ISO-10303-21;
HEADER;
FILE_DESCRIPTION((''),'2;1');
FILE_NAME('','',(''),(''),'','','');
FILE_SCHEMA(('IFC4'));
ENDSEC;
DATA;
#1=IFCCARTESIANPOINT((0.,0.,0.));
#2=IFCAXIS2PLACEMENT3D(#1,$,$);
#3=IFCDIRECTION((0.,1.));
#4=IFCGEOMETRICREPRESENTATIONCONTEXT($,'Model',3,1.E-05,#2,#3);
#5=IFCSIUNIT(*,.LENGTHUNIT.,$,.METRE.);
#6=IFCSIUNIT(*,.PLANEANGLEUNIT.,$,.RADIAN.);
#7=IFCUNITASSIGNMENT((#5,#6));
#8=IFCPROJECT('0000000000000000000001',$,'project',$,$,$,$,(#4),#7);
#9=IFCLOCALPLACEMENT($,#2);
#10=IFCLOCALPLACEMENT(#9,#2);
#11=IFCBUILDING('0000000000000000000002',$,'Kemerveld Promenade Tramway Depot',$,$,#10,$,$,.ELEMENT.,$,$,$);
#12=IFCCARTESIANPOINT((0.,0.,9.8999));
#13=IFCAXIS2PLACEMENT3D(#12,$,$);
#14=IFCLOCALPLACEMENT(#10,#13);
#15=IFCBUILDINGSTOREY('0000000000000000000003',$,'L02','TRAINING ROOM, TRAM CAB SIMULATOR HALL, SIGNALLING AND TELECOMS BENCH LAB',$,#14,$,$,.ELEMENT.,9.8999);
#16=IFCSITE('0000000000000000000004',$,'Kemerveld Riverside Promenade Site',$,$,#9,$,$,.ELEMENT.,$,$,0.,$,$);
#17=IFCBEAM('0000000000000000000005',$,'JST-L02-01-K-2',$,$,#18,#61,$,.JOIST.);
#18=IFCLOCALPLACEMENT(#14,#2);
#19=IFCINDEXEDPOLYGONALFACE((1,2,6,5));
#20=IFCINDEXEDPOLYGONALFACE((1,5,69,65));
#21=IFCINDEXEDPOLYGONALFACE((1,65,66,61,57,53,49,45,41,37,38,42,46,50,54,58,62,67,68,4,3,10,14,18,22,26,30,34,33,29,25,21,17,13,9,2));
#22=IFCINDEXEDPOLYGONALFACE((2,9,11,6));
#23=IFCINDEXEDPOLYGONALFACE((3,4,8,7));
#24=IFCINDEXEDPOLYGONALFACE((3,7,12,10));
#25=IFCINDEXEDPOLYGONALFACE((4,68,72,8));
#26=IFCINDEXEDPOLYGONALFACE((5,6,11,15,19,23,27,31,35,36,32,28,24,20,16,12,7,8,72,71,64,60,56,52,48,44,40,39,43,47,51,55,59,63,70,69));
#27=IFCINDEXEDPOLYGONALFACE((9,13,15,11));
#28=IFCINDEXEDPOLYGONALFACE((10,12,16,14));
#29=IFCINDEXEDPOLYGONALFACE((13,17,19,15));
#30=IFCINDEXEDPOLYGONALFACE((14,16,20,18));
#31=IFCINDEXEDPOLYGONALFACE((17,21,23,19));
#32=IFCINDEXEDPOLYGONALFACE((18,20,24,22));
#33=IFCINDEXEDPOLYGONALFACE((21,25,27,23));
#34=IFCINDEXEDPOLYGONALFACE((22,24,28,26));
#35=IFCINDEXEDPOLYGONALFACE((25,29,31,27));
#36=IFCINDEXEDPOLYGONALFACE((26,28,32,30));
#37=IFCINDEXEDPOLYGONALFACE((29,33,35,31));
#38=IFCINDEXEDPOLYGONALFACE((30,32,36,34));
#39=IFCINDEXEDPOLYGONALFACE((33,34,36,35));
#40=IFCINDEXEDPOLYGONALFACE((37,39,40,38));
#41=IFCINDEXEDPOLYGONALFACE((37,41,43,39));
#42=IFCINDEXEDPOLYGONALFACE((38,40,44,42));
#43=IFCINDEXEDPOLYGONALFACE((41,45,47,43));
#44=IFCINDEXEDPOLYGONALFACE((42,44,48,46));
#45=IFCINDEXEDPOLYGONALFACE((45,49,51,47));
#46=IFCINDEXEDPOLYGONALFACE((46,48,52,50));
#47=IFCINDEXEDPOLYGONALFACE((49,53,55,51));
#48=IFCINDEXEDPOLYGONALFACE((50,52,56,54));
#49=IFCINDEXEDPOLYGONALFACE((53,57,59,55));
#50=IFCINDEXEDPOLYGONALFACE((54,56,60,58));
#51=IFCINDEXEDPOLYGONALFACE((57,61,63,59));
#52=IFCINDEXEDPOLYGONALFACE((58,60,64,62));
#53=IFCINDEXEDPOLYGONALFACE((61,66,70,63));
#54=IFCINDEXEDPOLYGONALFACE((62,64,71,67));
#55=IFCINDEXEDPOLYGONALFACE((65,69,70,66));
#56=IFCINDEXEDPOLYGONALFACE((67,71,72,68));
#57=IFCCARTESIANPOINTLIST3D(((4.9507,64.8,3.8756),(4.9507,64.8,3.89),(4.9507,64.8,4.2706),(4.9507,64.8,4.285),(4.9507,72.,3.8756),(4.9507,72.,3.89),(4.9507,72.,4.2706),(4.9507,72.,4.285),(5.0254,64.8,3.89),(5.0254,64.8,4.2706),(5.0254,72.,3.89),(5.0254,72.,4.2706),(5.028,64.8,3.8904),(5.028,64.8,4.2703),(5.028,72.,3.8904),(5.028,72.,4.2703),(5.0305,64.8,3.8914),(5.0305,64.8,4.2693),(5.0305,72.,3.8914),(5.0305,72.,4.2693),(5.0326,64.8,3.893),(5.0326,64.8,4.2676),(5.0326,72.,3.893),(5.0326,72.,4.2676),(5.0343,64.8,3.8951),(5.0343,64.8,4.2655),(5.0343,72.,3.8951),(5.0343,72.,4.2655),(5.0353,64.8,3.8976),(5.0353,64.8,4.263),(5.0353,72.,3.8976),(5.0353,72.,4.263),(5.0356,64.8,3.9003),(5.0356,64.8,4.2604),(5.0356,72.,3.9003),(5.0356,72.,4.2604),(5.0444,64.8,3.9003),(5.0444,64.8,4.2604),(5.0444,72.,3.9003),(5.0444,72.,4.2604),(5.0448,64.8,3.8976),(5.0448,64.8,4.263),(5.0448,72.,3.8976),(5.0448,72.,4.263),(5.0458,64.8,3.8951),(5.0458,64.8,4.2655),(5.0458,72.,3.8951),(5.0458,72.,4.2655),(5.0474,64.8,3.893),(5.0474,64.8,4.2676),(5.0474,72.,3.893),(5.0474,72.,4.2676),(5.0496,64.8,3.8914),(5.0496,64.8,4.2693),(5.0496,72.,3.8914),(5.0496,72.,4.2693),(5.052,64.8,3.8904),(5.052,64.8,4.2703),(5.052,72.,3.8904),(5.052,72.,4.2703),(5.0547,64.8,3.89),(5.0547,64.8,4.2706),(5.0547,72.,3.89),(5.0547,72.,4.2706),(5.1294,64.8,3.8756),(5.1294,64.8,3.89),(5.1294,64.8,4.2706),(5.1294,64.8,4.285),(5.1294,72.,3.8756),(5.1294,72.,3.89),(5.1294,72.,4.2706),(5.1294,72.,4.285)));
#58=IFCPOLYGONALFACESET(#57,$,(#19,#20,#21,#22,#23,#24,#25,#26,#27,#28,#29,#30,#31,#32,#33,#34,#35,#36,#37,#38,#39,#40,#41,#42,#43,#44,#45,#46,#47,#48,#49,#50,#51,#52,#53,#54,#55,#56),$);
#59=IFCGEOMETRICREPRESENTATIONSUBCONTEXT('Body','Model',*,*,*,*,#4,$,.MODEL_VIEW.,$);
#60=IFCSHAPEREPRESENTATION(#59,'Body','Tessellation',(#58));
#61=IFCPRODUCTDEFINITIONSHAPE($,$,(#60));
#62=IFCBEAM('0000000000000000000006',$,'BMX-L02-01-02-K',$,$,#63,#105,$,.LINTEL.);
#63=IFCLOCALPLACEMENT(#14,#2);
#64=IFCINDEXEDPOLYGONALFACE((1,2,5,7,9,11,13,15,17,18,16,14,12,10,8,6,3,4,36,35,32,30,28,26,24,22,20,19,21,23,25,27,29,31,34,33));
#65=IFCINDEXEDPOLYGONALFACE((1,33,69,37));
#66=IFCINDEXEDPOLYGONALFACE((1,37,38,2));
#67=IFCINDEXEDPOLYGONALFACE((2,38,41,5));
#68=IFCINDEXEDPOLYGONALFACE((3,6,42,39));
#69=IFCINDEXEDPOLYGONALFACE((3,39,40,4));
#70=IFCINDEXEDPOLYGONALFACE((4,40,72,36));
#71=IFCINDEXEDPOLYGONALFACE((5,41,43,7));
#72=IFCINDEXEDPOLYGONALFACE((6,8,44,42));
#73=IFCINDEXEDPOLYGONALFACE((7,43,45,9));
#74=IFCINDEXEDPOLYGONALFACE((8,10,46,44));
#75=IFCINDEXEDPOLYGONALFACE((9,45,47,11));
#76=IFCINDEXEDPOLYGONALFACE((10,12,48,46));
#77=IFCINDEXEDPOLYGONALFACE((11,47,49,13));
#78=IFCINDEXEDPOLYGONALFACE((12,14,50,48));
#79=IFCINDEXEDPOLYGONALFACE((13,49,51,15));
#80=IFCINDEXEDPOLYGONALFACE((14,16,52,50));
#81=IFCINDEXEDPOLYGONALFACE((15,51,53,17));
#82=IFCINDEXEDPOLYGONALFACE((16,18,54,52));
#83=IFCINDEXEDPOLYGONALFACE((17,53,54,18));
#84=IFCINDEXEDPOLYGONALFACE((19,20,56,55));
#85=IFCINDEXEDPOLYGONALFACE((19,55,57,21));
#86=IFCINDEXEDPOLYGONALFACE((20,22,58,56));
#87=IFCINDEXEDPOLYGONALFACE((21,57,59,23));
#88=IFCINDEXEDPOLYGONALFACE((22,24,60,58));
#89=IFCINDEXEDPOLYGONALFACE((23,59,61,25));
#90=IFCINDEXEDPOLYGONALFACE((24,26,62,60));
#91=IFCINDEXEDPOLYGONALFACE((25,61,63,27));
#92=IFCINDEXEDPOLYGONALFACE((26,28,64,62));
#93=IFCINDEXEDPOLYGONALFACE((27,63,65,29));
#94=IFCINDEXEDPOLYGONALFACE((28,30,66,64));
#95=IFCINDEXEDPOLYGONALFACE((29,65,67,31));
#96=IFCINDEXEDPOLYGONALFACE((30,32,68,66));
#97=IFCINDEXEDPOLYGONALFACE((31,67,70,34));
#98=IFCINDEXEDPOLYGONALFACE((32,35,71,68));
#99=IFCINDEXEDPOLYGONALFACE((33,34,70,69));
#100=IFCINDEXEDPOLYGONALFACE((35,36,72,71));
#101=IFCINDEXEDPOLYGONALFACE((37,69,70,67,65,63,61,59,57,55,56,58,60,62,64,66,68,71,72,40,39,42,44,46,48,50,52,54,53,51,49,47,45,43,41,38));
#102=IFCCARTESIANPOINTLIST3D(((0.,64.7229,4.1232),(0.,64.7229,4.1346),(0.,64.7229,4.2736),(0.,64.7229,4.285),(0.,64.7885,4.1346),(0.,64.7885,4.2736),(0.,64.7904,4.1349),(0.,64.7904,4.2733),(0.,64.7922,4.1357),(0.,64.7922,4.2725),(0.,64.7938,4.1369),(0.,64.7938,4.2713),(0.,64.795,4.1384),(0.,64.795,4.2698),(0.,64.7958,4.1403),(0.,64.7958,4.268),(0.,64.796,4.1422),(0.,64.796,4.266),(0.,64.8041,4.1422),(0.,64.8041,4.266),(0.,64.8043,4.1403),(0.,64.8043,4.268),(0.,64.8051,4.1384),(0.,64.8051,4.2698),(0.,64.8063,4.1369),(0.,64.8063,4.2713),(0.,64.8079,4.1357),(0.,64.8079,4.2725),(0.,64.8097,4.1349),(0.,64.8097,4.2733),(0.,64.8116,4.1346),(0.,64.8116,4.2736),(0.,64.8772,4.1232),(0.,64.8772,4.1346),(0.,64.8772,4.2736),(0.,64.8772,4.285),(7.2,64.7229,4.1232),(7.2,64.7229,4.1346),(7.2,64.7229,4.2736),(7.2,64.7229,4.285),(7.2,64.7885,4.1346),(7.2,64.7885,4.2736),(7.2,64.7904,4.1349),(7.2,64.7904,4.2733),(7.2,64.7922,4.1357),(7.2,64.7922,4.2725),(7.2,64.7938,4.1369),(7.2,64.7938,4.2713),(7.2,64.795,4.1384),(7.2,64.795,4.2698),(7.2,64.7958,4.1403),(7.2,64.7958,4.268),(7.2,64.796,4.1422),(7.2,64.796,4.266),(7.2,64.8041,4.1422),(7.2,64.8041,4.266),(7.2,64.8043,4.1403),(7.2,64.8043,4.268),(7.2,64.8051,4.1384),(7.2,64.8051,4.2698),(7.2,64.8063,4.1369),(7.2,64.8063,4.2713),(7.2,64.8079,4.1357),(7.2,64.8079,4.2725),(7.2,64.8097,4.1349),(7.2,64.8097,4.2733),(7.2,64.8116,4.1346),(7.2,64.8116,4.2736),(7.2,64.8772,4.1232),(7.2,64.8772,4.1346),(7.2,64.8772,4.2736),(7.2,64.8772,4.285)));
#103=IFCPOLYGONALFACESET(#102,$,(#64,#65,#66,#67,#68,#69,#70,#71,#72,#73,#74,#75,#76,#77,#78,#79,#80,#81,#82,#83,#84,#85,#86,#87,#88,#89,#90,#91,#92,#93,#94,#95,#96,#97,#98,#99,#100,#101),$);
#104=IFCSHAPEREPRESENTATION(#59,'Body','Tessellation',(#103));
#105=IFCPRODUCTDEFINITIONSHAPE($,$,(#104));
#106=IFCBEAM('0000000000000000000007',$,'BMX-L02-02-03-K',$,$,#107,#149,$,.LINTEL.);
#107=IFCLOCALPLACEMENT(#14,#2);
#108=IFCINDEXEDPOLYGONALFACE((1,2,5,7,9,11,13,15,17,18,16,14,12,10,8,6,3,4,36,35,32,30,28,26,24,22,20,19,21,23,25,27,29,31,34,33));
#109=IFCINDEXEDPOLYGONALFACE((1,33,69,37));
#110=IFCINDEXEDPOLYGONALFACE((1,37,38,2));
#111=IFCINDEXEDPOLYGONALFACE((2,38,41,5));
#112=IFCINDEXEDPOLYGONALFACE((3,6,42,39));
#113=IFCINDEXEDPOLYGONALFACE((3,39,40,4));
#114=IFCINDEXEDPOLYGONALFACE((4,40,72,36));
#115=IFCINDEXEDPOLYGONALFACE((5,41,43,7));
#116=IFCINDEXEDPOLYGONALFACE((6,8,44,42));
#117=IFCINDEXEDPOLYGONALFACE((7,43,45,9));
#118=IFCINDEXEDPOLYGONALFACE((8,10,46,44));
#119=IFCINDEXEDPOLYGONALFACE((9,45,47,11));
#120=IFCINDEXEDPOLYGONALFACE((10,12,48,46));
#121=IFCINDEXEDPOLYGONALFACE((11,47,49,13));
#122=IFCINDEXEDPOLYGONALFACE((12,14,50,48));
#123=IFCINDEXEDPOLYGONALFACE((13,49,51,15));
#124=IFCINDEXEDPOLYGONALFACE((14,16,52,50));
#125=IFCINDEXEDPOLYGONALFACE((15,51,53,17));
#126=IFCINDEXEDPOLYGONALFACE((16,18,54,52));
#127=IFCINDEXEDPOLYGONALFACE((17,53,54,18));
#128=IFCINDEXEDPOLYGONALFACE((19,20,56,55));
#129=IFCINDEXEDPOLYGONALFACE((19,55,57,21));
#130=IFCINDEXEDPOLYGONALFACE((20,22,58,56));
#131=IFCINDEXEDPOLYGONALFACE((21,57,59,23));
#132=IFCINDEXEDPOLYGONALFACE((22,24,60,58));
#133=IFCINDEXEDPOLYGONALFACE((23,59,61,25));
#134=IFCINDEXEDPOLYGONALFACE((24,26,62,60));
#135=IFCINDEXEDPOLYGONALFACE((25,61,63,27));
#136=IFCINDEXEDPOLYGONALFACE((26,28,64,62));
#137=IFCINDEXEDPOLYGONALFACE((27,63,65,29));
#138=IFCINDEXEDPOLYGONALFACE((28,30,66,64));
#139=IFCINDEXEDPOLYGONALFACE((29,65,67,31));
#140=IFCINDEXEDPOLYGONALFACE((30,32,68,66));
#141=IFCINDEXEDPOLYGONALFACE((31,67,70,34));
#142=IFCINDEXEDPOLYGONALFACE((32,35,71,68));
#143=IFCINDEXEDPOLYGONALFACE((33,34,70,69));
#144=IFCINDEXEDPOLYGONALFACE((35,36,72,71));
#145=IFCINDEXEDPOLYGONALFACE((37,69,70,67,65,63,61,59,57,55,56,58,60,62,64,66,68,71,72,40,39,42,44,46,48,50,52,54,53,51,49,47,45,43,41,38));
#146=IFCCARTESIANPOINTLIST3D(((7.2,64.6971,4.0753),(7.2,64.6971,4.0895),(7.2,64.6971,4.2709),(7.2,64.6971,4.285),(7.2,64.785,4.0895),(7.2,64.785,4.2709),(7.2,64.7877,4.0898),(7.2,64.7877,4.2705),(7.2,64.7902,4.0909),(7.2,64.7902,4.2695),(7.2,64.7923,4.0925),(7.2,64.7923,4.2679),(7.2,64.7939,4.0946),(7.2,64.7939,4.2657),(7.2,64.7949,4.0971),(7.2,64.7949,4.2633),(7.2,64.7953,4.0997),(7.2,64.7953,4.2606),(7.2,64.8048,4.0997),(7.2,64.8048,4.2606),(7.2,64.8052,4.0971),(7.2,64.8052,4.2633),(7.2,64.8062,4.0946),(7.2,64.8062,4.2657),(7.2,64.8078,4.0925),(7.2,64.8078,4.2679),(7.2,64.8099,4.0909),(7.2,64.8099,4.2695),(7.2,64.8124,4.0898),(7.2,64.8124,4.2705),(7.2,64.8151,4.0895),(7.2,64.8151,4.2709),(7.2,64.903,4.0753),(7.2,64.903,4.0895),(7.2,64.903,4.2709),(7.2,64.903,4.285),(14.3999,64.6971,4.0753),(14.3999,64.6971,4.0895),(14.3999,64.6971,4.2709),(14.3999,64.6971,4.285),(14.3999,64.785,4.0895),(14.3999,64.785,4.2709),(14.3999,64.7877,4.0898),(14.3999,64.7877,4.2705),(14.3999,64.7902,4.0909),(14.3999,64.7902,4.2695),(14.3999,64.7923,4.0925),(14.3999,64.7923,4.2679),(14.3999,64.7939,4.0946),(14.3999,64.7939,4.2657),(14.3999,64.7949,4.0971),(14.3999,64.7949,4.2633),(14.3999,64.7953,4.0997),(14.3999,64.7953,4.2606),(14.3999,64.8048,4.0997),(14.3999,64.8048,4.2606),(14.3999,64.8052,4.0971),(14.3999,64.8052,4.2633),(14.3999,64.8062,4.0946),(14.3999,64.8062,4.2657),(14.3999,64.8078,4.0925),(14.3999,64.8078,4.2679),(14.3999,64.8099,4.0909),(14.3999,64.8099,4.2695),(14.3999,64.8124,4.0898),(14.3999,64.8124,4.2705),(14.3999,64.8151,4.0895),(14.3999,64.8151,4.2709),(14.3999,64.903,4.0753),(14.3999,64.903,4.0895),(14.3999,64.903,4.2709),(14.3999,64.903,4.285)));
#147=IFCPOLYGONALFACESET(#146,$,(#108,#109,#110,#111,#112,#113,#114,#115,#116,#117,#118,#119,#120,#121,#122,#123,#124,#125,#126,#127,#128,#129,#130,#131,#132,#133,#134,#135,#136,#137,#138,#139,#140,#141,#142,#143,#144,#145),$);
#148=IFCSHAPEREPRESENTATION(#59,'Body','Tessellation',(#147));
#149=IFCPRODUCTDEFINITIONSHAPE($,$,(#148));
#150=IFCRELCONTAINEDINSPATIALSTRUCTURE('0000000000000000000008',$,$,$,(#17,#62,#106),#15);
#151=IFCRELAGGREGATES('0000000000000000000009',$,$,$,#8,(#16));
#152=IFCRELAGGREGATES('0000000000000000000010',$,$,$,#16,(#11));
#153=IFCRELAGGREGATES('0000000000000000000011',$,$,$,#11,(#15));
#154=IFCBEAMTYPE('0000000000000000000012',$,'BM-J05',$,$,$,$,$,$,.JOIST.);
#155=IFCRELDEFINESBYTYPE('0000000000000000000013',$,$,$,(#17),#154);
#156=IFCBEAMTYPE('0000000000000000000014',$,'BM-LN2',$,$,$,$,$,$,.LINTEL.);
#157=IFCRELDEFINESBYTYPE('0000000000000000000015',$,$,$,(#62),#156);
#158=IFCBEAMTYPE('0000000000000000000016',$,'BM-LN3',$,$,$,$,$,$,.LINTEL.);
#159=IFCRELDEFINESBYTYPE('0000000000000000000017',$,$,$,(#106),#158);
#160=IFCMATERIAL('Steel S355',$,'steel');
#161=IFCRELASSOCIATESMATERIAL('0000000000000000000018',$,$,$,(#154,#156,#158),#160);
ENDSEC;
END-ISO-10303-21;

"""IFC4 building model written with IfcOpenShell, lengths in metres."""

from ifc_helpers import new_model, si_unit, direction, frame, origin, origin_2d, place, context, subcontext, project, spatial, i_section, extrude, material, material_profile, profile_set, type_object, element, save


model = new_model("IFC4")

# Units and contexts
model_context = context("Model", 3, precision=1e-05, world=origin(), true_north=direction((0.0, 1.0)))
body_context = subcontext(model_context, "Body", "Model", "MODEL_VIEW")
ifc_project = project(units=[si_unit("LENGTHUNIT", "METRE"), si_unit("PLANEANGLEUNIT", "RADIAN")], contexts=[model_context])

# Site, building, storey
site_placement = place(None, origin())
site = spatial("IfcSite", under=ifc_project, at=site_placement, Name="Kemerveld Riverside Promenade Site", CompositionType="ELEMENT", RefElevation=0.0)
building_placement = place(site_placement, origin())
building = spatial("IfcBuilding", under=site, at=building_placement, Name="Kemerveld Promenade Tramway Depot", CompositionType="ELEMENT")
storey_placement = place(building_placement, frame((0.0, 0.0, 9.8999)))
storey = spatial("IfcBuildingStorey", under=building, at=storey_placement, Name="L02", Description="TRAINING ROOM, TRAM CAB SIMULATOR HALL, SIGNALLING AND TELECOMS BENCH LAB", CompositionType="ELEMENT", Elevation=9.8999)

# Shared definitions
ifc_material_1 = material(Name="Steel S355", Category="steel")

# Beams
ifc_material_profile_1 = material_profile(ifc_material_1, i_section(OverallWidth=0.1787, OverallDepth=0.4094, WebThickness=0.0088, FlangeThickness=0.0144, FilletRadius=0.0103, at=origin_2d()), Name="406x178x67 UB")
ifc_profile_set_1 = profile_set([ifc_material_profile_1], Name="Steel S355")
beam_type_1 = type_object("IfcBeamType", Name="BM-J05", PredefinedType="JOIST", material=ifc_profile_set_1)
for number, where, z_axis, x_axis, name in (
    (1, (5.04, 64.8, 4.0803), (0.0, 1.0, 0.0), (-1.0, 0.0, 0.0), "JST-L02-01-K-2"),
):
    element("IfcBeam", number, at=place(storey_placement, frame(where, z_axis=z_axis, x_axis=x_axis)), inside=storey, type_object=beam_type_1, Name=name, PredefinedType="JOIST", context=body_context, shape_type="SweptSolid", body=[
        extrude(i_section(OverallWidth=0.1787, OverallDepth=0.4094, WebThickness=0.0088, FlangeThickness=0.0144, FilletRadius=0.0103, at=origin_2d()), origin(), (0.0, 0.0, 1.0), 7.2),
    ])
ifc_material_profile_2 = material_profile(ifc_material_1, i_section(OverallWidth=0.1543, OverallDepth=0.1619, WebThickness=0.0081, FlangeThickness=0.0115, FilletRadius=0.0076, at=origin_2d()), Name="152x152x37 UC")
ifc_profile_set_2 = profile_set([ifc_material_profile_2], Name="Steel S355")
beam_type_2 = type_object("IfcBeamType", Name="BM-LN2", PredefinedType="LINTEL", material=ifc_profile_set_2)
beam_1_placement = place(storey_placement, frame((0.0, 64.8, 4.2041), z_axis=(1.0, 0.0, 0.0), x_axis=(0.0, 1.0, 0.0)))
element("IfcBeam", 2, at=beam_1_placement, inside=storey, type_object=beam_type_2, Name="BMX-L02-01-02-K", PredefinedType="LINTEL", context=body_context, shape_type="SweptSolid", body=[
    extrude(i_section(OverallWidth=0.1543, OverallDepth=0.1619, WebThickness=0.0081, FlangeThickness=0.0115, FilletRadius=0.0076, at=origin_2d()), origin(), (0.0, 0.0, 1.0), 7.2),
])
ifc_material_profile_3 = material_profile(ifc_material_1, i_section(OverallWidth=0.2058, OverallDepth=0.2097, WebThickness=0.0095, FlangeThickness=0.0142, FilletRadius=0.0103, at=origin_2d()), Name="203x203x60 UC")
ifc_profile_set_3 = profile_set([ifc_material_profile_3], Name="Steel S355")
beam_type_3 = type_object("IfcBeamType", Name="BM-LN3", PredefinedType="LINTEL", material=ifc_profile_set_3)
beam_2_placement = place(storey_placement, frame((7.2, 64.8, 4.1802), z_axis=(1.0, 0.0, 0.0), x_axis=(0.0, 1.0, 0.0)))
element("IfcBeam", 3, at=beam_2_placement, inside=storey, type_object=beam_type_3, Name="BMX-L02-02-03-K", PredefinedType="LINTEL", context=body_context, shape_type="SweptSolid", body=[
    extrude(i_section(OverallWidth=0.2058, OverallDepth=0.2097, WebThickness=0.0095, FlangeThickness=0.0142, FilletRadius=0.0103, at=origin_2d()), origin(), (0.0, 0.0, 1.0), 7.2),
])

save(model, "model.ifc")
